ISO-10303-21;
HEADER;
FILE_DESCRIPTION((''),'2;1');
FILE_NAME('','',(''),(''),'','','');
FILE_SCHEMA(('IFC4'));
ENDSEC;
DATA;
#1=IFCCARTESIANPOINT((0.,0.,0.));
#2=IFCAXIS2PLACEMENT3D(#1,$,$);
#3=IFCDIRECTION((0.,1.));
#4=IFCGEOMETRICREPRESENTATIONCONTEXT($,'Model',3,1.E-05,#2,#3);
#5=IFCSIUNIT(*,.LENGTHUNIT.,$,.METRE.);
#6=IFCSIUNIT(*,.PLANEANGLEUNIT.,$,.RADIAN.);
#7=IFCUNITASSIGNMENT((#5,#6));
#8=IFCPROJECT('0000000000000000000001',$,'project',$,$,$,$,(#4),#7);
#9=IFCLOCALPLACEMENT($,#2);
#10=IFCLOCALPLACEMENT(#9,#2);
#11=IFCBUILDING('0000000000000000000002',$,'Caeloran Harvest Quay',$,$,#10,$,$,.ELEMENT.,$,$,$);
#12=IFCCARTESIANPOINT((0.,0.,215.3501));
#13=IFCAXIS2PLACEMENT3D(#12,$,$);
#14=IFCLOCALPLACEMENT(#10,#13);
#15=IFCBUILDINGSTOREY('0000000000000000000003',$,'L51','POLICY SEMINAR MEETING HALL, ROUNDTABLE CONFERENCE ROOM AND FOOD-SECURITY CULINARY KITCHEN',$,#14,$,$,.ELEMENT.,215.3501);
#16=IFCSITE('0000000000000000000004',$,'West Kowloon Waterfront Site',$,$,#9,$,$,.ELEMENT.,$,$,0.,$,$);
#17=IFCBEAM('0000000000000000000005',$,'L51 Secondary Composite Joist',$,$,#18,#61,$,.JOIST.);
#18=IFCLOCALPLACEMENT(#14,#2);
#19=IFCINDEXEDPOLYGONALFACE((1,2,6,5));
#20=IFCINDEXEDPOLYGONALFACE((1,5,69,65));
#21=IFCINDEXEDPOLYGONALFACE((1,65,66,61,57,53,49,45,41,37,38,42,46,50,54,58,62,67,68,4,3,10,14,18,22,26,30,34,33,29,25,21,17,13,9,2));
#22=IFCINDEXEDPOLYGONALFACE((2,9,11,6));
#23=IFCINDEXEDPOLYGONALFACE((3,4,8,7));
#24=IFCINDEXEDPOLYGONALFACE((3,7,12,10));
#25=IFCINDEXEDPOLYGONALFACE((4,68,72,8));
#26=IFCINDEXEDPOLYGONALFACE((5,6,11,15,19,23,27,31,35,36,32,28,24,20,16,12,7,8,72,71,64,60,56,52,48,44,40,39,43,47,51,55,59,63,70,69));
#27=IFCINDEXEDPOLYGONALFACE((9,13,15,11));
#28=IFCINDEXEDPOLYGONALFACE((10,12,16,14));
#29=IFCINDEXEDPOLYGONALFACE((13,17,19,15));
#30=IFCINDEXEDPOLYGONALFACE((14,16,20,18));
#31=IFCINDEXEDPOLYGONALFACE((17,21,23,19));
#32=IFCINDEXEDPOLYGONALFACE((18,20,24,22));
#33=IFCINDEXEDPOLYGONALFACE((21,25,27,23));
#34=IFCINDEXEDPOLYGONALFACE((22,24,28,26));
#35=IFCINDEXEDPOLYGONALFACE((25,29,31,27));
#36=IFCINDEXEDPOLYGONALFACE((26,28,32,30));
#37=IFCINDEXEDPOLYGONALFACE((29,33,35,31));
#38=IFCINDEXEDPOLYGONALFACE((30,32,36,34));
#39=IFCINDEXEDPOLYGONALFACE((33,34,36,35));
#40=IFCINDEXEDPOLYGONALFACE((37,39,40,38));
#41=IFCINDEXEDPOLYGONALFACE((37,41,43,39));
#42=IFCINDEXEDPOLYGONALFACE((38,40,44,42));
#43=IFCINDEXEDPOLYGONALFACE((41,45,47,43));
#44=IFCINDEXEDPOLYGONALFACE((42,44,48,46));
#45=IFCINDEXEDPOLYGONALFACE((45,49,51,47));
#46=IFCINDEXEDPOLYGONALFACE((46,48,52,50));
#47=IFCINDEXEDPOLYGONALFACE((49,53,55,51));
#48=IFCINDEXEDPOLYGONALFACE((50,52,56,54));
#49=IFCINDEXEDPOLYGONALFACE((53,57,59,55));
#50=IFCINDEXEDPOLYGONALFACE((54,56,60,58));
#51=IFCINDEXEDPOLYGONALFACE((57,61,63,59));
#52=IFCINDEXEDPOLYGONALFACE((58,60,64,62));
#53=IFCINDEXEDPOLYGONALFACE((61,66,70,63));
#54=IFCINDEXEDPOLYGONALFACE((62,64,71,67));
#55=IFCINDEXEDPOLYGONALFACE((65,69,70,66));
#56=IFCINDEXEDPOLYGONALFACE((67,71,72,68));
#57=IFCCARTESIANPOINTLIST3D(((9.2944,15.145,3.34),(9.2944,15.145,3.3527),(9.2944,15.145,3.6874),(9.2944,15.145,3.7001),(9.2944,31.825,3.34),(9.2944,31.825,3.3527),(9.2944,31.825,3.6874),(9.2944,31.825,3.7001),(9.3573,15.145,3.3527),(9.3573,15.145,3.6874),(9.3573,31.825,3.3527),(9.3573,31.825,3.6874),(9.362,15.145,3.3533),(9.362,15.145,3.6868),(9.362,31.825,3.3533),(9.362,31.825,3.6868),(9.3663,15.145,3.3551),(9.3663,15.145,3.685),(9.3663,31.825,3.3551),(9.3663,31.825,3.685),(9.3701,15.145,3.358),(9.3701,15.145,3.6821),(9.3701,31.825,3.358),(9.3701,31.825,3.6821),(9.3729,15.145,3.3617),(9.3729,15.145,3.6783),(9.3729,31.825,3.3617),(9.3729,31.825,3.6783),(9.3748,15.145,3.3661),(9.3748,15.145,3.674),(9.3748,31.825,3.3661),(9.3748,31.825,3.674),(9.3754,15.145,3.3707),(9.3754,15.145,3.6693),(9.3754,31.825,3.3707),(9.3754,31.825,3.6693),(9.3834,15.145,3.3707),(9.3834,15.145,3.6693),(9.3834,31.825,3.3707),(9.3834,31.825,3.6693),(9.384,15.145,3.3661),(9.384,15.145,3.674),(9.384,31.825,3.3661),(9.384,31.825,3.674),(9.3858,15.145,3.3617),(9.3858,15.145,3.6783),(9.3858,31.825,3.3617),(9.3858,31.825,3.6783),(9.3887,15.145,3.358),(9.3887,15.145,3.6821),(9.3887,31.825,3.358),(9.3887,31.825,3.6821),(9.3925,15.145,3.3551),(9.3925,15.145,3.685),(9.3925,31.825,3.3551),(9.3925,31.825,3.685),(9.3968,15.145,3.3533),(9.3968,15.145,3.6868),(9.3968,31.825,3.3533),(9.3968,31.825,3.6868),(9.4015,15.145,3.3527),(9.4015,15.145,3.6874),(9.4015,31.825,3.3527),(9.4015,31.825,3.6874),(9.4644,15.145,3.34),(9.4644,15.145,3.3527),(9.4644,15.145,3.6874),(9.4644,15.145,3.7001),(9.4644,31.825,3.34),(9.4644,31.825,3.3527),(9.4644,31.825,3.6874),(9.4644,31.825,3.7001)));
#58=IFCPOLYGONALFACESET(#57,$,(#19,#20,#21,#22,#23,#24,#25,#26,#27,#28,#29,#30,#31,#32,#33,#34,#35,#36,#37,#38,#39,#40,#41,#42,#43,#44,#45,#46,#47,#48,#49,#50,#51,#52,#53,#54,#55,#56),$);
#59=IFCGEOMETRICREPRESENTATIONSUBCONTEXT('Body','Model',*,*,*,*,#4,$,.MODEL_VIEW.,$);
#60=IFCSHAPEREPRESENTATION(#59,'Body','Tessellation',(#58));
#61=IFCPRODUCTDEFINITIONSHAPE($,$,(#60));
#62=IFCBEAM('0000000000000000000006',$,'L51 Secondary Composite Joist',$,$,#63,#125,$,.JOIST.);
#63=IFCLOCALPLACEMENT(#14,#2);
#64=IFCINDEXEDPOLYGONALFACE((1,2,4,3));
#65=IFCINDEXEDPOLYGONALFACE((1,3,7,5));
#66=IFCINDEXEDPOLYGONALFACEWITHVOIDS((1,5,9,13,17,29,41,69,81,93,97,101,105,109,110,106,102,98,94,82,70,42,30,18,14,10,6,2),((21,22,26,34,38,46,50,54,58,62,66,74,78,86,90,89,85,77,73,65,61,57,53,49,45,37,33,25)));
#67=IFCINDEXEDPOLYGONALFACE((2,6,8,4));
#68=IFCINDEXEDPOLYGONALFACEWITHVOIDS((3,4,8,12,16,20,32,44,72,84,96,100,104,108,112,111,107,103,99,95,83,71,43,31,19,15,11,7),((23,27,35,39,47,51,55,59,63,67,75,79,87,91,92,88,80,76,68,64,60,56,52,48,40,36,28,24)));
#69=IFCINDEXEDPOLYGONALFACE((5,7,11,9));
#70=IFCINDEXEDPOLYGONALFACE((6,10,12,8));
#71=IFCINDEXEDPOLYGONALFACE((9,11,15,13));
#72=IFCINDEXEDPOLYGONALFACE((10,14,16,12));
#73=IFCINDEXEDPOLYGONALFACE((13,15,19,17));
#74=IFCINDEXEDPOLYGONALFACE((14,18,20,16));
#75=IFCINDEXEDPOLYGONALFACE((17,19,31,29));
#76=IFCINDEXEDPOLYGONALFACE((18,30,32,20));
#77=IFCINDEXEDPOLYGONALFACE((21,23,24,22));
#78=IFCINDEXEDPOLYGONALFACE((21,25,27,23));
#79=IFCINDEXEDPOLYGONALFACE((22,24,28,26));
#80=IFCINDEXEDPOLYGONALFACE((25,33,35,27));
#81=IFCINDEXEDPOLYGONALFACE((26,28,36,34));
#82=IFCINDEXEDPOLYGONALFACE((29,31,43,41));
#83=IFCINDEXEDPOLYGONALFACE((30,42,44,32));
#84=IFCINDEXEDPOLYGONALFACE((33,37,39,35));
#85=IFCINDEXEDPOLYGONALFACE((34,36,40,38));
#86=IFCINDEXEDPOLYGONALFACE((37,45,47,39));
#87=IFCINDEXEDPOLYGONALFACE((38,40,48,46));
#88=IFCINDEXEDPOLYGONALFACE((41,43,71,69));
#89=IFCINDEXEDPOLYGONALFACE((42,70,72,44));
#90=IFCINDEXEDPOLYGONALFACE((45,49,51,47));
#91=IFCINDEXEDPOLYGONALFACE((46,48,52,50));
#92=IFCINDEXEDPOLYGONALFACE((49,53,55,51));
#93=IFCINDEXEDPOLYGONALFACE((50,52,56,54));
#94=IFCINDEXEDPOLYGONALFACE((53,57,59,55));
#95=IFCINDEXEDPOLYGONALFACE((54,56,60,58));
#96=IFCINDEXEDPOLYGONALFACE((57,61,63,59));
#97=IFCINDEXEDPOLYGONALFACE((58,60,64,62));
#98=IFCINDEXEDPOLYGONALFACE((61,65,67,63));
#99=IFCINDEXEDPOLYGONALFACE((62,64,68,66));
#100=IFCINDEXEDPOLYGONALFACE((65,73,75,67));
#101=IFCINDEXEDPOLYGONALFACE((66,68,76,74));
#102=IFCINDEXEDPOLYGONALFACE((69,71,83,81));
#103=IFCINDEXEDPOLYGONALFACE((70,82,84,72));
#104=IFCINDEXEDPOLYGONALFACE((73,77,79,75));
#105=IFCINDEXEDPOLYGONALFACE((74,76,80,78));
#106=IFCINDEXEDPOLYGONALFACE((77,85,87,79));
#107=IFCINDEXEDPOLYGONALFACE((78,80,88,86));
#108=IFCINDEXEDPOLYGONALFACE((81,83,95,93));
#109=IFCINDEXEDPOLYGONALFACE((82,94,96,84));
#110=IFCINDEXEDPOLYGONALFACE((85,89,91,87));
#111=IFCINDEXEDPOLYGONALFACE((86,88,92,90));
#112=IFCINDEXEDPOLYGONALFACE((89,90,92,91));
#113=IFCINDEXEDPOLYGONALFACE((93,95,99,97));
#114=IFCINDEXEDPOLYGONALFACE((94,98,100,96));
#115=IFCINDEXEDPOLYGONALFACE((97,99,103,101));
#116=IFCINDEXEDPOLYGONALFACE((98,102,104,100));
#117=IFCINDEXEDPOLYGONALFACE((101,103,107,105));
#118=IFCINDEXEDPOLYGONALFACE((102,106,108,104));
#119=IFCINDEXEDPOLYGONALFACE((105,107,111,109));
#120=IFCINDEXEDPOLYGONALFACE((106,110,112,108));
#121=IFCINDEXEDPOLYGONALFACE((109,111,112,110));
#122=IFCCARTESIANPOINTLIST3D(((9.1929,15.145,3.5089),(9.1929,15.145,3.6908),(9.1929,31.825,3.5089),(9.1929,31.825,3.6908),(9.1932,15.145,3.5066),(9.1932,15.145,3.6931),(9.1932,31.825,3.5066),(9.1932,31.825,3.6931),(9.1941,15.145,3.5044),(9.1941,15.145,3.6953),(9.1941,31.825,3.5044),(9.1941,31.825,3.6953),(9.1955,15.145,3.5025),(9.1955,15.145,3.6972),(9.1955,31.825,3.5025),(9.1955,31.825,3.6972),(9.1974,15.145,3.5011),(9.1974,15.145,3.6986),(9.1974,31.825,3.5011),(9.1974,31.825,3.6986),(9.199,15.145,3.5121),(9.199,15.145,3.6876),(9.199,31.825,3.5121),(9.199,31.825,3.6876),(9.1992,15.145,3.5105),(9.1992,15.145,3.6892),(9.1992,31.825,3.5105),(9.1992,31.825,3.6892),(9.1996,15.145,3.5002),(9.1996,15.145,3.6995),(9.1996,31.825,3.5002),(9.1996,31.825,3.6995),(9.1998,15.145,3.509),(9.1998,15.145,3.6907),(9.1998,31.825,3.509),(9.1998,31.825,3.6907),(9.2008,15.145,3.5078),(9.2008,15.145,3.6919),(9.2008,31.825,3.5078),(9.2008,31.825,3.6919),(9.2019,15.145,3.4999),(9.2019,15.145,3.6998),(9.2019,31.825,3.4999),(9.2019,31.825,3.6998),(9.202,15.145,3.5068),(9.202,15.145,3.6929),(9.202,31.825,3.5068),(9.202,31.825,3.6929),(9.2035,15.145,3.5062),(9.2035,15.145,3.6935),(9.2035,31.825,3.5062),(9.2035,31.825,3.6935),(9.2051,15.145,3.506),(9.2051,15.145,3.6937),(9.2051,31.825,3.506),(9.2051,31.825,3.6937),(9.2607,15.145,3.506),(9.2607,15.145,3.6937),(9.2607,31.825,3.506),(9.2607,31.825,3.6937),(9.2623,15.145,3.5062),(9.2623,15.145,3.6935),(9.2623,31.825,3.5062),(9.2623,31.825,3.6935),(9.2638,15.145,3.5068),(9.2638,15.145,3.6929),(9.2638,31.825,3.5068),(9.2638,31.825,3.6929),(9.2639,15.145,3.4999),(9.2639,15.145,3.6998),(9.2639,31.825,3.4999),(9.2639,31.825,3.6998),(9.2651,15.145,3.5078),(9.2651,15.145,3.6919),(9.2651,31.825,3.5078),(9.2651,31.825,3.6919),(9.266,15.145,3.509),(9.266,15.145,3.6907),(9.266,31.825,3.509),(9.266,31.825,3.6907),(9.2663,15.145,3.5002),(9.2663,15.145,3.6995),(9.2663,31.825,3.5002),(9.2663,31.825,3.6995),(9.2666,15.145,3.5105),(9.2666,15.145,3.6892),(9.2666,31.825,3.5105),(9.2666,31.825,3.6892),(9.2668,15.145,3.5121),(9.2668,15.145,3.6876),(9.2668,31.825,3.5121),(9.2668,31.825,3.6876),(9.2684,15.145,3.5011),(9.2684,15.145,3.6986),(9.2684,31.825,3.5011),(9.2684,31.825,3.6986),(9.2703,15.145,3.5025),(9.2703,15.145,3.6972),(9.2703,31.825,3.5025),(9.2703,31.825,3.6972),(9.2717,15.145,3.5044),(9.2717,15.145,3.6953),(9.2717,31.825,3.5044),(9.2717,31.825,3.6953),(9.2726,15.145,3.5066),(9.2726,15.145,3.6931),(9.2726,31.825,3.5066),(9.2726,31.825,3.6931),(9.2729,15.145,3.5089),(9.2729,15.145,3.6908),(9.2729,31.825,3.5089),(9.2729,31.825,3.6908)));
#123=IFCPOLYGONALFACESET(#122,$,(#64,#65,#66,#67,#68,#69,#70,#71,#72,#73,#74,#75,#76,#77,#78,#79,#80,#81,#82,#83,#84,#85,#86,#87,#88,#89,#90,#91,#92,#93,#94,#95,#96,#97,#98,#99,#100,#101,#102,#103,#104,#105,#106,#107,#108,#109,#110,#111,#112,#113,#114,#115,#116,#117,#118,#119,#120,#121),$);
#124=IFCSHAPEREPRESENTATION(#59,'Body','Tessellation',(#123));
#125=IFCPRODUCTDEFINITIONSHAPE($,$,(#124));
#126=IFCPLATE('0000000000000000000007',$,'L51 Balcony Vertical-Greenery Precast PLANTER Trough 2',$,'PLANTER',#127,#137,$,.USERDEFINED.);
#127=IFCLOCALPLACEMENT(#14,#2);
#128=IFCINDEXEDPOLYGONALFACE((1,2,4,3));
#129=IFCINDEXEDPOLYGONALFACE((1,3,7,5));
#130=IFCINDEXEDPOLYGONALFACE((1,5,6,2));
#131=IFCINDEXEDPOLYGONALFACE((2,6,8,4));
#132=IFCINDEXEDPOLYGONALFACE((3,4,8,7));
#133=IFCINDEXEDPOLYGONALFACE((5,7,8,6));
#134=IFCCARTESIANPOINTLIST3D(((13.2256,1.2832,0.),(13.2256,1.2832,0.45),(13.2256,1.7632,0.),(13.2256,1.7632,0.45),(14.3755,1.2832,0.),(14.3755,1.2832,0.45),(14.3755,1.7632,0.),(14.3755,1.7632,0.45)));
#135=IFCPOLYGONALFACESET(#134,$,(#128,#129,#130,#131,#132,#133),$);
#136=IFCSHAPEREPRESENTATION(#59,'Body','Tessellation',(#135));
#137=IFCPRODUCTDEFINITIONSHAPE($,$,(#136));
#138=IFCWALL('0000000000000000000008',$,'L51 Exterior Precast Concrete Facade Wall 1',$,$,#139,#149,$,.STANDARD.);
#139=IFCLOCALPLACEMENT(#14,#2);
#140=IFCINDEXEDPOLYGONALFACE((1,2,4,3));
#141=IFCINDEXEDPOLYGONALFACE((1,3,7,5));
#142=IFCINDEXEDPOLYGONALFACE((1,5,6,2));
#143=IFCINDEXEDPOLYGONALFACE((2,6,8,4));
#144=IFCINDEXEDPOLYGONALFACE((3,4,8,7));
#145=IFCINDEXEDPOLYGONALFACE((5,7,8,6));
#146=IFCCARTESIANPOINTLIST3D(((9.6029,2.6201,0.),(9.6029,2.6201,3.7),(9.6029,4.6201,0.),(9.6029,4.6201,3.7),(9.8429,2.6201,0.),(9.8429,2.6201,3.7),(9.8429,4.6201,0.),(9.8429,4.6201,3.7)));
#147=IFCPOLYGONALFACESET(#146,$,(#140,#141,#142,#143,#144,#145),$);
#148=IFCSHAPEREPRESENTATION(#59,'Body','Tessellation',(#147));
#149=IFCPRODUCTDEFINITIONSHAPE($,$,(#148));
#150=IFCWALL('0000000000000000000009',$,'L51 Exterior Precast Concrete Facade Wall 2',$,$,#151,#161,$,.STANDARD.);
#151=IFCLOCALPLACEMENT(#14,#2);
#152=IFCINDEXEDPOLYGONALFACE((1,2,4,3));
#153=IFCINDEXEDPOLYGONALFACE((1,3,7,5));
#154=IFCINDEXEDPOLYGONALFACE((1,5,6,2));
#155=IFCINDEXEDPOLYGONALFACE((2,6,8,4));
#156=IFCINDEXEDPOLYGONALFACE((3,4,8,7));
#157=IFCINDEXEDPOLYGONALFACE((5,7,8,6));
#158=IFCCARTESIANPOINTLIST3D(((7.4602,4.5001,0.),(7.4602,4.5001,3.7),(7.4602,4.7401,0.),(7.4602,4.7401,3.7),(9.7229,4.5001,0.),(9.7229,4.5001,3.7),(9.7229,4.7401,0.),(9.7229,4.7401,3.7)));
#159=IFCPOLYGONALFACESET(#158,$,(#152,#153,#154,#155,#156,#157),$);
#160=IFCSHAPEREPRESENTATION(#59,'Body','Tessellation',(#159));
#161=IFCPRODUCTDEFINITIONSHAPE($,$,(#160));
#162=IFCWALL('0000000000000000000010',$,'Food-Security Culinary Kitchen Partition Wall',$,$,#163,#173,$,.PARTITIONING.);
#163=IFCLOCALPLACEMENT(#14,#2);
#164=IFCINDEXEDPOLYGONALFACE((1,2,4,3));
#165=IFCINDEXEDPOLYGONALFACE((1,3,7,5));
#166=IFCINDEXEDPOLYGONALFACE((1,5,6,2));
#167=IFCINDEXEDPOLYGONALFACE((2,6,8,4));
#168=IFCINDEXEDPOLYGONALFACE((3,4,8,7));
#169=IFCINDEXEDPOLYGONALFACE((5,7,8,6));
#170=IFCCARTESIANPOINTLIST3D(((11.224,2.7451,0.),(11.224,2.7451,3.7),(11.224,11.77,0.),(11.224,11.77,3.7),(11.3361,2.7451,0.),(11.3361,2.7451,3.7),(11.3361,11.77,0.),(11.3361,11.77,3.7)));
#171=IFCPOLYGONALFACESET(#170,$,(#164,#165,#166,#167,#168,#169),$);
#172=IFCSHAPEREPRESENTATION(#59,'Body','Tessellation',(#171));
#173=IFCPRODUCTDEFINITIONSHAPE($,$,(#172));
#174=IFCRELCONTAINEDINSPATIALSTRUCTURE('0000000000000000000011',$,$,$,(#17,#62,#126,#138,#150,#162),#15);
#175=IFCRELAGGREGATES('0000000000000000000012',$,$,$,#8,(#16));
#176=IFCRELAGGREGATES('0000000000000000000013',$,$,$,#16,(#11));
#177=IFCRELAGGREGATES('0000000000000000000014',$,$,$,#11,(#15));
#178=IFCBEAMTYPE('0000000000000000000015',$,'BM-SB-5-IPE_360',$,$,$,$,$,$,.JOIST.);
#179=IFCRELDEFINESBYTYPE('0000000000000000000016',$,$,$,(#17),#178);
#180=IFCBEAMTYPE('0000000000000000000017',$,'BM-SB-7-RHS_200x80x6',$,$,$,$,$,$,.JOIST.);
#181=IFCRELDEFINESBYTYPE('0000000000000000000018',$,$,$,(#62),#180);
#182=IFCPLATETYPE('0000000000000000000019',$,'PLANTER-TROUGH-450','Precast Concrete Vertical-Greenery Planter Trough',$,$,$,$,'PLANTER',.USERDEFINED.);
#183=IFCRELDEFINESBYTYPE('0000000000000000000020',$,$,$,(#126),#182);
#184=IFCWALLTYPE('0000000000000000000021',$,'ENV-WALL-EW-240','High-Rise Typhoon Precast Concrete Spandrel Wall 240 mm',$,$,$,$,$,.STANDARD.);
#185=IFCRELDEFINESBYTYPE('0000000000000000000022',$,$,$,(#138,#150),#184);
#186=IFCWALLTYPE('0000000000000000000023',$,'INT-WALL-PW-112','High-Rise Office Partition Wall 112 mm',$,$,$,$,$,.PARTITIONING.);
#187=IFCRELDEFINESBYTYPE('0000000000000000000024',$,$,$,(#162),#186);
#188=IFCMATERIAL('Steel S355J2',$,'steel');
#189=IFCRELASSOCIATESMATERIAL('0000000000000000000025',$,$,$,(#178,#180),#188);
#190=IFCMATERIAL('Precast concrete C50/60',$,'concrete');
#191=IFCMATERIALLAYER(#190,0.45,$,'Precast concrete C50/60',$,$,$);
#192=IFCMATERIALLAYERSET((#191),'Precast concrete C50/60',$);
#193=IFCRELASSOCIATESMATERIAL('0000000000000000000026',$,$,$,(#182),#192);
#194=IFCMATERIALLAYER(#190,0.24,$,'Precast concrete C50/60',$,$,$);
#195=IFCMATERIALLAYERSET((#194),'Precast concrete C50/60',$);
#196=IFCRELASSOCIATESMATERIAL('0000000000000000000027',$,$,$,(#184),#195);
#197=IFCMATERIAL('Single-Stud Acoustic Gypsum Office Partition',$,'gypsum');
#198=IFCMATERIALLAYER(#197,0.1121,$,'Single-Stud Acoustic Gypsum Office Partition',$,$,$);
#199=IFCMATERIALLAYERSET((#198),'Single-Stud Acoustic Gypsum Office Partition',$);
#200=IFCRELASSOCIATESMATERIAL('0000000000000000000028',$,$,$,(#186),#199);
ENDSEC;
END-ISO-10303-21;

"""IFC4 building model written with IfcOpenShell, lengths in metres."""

from ifc_helpers import new_model, si_unit, direction, frame, frame_2d, origin, origin_2d, place, context, subcontext, project, spatial, rectangle, hollow_rectangle, i_section, extrude, material, layer, layer_set, material_profile, profile_set, type_object, element, save


model = new_model("IFC4")

# Units and contexts
model_context = context("Model", 3, precision=1e-05, world=origin(), true_north=direction((0.0, 1.0)))
body_context = subcontext(model_context, "Body", "Model", "MODEL_VIEW")
ifc_project = project(units=[si_unit("LENGTHUNIT", "METRE"), si_unit("PLANEANGLEUNIT", "RADIAN")], contexts=[model_context])

# Site, building, storey
site_placement = place(None, origin())
site = spatial("IfcSite", under=ifc_project, at=site_placement, Name="West Kowloon Waterfront Site", CompositionType="ELEMENT", RefElevation=0.0)
building_placement = place(site_placement, origin())
building = spatial("IfcBuilding", under=site, at=building_placement, Name="Caeloran Harvest Quay", CompositionType="ELEMENT")
storey_placement = place(building_placement, frame((0.0, 0.0, 215.3501)))
storey = spatial("IfcBuildingStorey", under=building, at=storey_placement, Name="L51", Description="POLICY SEMINAR MEETING HALL, ROUNDTABLE CONFERENCE ROOM AND FOOD-SECURITY CULINARY KITCHEN", CompositionType="ELEMENT", Elevation=215.3501)

# Beams
ifc_material_1 = material(Name="Steel S355J2", Category="steel")
ifc_material_profile_1 = material_profile(ifc_material_1, i_section(OverallWidth=0.1699, OverallDepth=0.3601, WebThickness=0.0081, FlangeThickness=0.0127, FilletRadius=0.0181, at=origin_2d()), Name="IPE 360")
ifc_profile_set_1 = profile_set([ifc_material_profile_1], Name="Steel S355J2")
beam_type_1 = type_object("IfcBeamType", Name="BM-SB-5-IPE_360", PredefinedType="JOIST", material=ifc_profile_set_1)
for number, where, z_axis, x_axis, name in (
    (1, (9.3794, 15.145, 3.52), (0.0, 1.0, 0.0), (-1.0, 0.0, 0.0), "L51 Secondary Composite Joist"),
):
    element("IfcBeam", number, at=place(storey_placement, frame(where, z_axis=z_axis, x_axis=x_axis)), inside=storey, type_object=beam_type_1, Name=name, PredefinedType="JOIST", context=body_context, shape_type="SweptSolid", body=[
        extrude(i_section(OverallWidth=0.1699, OverallDepth=0.3601, WebThickness=0.0081, FlangeThickness=0.0127, FilletRadius=0.0181, at=origin_2d()), origin(), (0.0, 0.0, 1.0), 16.6799),
    ])
ifc_material_profile_2 = material_profile(ifc_material_1, hollow_rectangle(XDim=0.0801, YDim=0.2, WallThickness=0.0061, InnerFilletRadius=0.0061, OuterFilletRadius=0.009, at=origin_2d()), Name="RHS 200x80x6")
ifc_profile_set_2 = profile_set([ifc_material_profile_2], Name="Steel S355J2")
beam_type_2 = type_object("IfcBeamType", Name="BM-SB-7-RHS_200x80x6", PredefinedType="JOIST", material=ifc_profile_set_2)
beam_1_placement = place(storey_placement, frame((9.2329, 15.145, 3.5999), z_axis=(0.0, 1.0, 0.0), x_axis=(-1.0, 0.0, 0.0)))
element("IfcBeam", 2, at=beam_1_placement, inside=storey, type_object=beam_type_2, Name="L51 Secondary Composite Joist", PredefinedType="JOIST", context=body_context, shape_type="SweptSolid", body=[
    extrude(hollow_rectangle(XDim=0.0801, YDim=0.2, WallThickness=0.0061, InnerFilletRadius=0.0061, OuterFilletRadius=0.009, at=origin_2d()), origin(), (0.0, 0.0, 1.0), 16.6799),
])

# Plate
ifc_material_2 = material(Name="Precast concrete C50/60", Category="concrete")
ifc_layer_1 = layer(ifc_material_2, 0.45, Name="Precast concrete C50/60")
ifc_layer_set_1 = layer_set([ifc_layer_1], Name="Precast concrete C50/60")
plate_type = type_object("IfcPlateType", Name="PLANTER-TROUGH-450", Description="Precast Concrete Vertical-Greenery Planter Trough", ElementType="PLANTER", PredefinedType="USERDEFINED", material=ifc_layer_set_1)
plate_placement = place(storey_placement, frame((13.8005, 1.5232, 0.0), z_axis=(0.0, 0.0, 1.0), x_axis=(1.0, 0.0, 0.0)))
element("IfcPlate", 3, at=plate_placement, inside=storey, type_object=plate_type, Name="L51 Balcony Vertical-Greenery Precast PLANTER Trough 2", ObjectType="PLANTER", PredefinedType="USERDEFINED", context=body_context, shape_type="SweptSolid", body=[
    extrude(rectangle(XDim=1.1499, YDim=0.48, at=origin_2d()), origin(), (0.0, 0.0, 1.0), 0.45),
])

# Walls
ifc_layer_2 = layer(ifc_material_2, 0.24, Name="Precast concrete C50/60")
ifc_layer_set_2 = layer_set([ifc_layer_2], Name="Precast concrete C50/60")
wall_type_1 = type_object("IfcWallType", Name="ENV-WALL-EW-240", Description="High-Rise Typhoon Precast Concrete Spandrel Wall 240 mm", PredefinedType="STANDARD", material=ifc_layer_set_2)
wall_1_placement = place(storey_placement, frame((9.7229, 2.6201, 0.0), z_axis=(0.0, 0.0, 1.0), x_axis=(0.0, 1.0, 0.0)))
element("IfcWall", 4, at=wall_1_placement, inside=storey, type_object=wall_type_1, Name="L51 Exterior Precast Concrete Facade Wall 1", PredefinedType="STANDARD", context=body_context, shape_type="SweptSolid", body=[
    extrude(rectangle(XDim=2.0, YDim=0.24, at=frame_2d((1.0, 0.0))), origin(), (0.0, 0.0, 1.0), 3.7),
])
wall_2_placement = place(storey_placement, frame((9.7229, 4.6201, 0.0), z_axis=(0.0, 0.0, 1.0), x_axis=(-1.0, 0.0, 0.0)))
element("IfcWall", 5, at=wall_2_placement, inside=storey, type_object=wall_type_1, Name="L51 Exterior Precast Concrete Facade Wall 2", PredefinedType="STANDARD", context=body_context, shape_type="SweptSolid", body=[
    extrude(rectangle(XDim=2.2627, YDim=0.24, at=frame_2d((1.1313, 0.0))), origin(), (0.0, 0.0, 1.0), 3.7),
])
ifc_material_3 = material(Name="Single-Stud Acoustic Gypsum Office Partition", Category="gypsum")
ifc_layer_3 = layer(ifc_material_3, 0.1121, Name="Single-Stud Acoustic Gypsum Office Partition")
ifc_layer_set_3 = layer_set([ifc_layer_3], Name="Single-Stud Acoustic Gypsum Office Partition")
wall_type_2 = type_object("IfcWallType", Name="INT-WALL-PW-112", Description="High-Rise Office Partition Wall 112 mm", PredefinedType="PARTITIONING", material=ifc_layer_set_3)
wall_3_placement = place(storey_placement, frame((11.28, 2.7451, 0.0), z_axis=(0.0, 0.0, 1.0), x_axis=(0.0, 1.0, 0.0)))
element("IfcWall", 6, at=wall_3_placement, inside=storey, type_object=wall_type_2, Name="Food-Security Culinary Kitchen Partition Wall", PredefinedType="PARTITIONING", context=body_context, shape_type="SweptSolid", body=[
    extrude(rectangle(XDim=9.0249, YDim=0.1121, at=frame_2d((4.5125, 0.0))), origin(), (0.0, 0.0, 1.0), 3.7),
])

save(model, "model.ifc")
